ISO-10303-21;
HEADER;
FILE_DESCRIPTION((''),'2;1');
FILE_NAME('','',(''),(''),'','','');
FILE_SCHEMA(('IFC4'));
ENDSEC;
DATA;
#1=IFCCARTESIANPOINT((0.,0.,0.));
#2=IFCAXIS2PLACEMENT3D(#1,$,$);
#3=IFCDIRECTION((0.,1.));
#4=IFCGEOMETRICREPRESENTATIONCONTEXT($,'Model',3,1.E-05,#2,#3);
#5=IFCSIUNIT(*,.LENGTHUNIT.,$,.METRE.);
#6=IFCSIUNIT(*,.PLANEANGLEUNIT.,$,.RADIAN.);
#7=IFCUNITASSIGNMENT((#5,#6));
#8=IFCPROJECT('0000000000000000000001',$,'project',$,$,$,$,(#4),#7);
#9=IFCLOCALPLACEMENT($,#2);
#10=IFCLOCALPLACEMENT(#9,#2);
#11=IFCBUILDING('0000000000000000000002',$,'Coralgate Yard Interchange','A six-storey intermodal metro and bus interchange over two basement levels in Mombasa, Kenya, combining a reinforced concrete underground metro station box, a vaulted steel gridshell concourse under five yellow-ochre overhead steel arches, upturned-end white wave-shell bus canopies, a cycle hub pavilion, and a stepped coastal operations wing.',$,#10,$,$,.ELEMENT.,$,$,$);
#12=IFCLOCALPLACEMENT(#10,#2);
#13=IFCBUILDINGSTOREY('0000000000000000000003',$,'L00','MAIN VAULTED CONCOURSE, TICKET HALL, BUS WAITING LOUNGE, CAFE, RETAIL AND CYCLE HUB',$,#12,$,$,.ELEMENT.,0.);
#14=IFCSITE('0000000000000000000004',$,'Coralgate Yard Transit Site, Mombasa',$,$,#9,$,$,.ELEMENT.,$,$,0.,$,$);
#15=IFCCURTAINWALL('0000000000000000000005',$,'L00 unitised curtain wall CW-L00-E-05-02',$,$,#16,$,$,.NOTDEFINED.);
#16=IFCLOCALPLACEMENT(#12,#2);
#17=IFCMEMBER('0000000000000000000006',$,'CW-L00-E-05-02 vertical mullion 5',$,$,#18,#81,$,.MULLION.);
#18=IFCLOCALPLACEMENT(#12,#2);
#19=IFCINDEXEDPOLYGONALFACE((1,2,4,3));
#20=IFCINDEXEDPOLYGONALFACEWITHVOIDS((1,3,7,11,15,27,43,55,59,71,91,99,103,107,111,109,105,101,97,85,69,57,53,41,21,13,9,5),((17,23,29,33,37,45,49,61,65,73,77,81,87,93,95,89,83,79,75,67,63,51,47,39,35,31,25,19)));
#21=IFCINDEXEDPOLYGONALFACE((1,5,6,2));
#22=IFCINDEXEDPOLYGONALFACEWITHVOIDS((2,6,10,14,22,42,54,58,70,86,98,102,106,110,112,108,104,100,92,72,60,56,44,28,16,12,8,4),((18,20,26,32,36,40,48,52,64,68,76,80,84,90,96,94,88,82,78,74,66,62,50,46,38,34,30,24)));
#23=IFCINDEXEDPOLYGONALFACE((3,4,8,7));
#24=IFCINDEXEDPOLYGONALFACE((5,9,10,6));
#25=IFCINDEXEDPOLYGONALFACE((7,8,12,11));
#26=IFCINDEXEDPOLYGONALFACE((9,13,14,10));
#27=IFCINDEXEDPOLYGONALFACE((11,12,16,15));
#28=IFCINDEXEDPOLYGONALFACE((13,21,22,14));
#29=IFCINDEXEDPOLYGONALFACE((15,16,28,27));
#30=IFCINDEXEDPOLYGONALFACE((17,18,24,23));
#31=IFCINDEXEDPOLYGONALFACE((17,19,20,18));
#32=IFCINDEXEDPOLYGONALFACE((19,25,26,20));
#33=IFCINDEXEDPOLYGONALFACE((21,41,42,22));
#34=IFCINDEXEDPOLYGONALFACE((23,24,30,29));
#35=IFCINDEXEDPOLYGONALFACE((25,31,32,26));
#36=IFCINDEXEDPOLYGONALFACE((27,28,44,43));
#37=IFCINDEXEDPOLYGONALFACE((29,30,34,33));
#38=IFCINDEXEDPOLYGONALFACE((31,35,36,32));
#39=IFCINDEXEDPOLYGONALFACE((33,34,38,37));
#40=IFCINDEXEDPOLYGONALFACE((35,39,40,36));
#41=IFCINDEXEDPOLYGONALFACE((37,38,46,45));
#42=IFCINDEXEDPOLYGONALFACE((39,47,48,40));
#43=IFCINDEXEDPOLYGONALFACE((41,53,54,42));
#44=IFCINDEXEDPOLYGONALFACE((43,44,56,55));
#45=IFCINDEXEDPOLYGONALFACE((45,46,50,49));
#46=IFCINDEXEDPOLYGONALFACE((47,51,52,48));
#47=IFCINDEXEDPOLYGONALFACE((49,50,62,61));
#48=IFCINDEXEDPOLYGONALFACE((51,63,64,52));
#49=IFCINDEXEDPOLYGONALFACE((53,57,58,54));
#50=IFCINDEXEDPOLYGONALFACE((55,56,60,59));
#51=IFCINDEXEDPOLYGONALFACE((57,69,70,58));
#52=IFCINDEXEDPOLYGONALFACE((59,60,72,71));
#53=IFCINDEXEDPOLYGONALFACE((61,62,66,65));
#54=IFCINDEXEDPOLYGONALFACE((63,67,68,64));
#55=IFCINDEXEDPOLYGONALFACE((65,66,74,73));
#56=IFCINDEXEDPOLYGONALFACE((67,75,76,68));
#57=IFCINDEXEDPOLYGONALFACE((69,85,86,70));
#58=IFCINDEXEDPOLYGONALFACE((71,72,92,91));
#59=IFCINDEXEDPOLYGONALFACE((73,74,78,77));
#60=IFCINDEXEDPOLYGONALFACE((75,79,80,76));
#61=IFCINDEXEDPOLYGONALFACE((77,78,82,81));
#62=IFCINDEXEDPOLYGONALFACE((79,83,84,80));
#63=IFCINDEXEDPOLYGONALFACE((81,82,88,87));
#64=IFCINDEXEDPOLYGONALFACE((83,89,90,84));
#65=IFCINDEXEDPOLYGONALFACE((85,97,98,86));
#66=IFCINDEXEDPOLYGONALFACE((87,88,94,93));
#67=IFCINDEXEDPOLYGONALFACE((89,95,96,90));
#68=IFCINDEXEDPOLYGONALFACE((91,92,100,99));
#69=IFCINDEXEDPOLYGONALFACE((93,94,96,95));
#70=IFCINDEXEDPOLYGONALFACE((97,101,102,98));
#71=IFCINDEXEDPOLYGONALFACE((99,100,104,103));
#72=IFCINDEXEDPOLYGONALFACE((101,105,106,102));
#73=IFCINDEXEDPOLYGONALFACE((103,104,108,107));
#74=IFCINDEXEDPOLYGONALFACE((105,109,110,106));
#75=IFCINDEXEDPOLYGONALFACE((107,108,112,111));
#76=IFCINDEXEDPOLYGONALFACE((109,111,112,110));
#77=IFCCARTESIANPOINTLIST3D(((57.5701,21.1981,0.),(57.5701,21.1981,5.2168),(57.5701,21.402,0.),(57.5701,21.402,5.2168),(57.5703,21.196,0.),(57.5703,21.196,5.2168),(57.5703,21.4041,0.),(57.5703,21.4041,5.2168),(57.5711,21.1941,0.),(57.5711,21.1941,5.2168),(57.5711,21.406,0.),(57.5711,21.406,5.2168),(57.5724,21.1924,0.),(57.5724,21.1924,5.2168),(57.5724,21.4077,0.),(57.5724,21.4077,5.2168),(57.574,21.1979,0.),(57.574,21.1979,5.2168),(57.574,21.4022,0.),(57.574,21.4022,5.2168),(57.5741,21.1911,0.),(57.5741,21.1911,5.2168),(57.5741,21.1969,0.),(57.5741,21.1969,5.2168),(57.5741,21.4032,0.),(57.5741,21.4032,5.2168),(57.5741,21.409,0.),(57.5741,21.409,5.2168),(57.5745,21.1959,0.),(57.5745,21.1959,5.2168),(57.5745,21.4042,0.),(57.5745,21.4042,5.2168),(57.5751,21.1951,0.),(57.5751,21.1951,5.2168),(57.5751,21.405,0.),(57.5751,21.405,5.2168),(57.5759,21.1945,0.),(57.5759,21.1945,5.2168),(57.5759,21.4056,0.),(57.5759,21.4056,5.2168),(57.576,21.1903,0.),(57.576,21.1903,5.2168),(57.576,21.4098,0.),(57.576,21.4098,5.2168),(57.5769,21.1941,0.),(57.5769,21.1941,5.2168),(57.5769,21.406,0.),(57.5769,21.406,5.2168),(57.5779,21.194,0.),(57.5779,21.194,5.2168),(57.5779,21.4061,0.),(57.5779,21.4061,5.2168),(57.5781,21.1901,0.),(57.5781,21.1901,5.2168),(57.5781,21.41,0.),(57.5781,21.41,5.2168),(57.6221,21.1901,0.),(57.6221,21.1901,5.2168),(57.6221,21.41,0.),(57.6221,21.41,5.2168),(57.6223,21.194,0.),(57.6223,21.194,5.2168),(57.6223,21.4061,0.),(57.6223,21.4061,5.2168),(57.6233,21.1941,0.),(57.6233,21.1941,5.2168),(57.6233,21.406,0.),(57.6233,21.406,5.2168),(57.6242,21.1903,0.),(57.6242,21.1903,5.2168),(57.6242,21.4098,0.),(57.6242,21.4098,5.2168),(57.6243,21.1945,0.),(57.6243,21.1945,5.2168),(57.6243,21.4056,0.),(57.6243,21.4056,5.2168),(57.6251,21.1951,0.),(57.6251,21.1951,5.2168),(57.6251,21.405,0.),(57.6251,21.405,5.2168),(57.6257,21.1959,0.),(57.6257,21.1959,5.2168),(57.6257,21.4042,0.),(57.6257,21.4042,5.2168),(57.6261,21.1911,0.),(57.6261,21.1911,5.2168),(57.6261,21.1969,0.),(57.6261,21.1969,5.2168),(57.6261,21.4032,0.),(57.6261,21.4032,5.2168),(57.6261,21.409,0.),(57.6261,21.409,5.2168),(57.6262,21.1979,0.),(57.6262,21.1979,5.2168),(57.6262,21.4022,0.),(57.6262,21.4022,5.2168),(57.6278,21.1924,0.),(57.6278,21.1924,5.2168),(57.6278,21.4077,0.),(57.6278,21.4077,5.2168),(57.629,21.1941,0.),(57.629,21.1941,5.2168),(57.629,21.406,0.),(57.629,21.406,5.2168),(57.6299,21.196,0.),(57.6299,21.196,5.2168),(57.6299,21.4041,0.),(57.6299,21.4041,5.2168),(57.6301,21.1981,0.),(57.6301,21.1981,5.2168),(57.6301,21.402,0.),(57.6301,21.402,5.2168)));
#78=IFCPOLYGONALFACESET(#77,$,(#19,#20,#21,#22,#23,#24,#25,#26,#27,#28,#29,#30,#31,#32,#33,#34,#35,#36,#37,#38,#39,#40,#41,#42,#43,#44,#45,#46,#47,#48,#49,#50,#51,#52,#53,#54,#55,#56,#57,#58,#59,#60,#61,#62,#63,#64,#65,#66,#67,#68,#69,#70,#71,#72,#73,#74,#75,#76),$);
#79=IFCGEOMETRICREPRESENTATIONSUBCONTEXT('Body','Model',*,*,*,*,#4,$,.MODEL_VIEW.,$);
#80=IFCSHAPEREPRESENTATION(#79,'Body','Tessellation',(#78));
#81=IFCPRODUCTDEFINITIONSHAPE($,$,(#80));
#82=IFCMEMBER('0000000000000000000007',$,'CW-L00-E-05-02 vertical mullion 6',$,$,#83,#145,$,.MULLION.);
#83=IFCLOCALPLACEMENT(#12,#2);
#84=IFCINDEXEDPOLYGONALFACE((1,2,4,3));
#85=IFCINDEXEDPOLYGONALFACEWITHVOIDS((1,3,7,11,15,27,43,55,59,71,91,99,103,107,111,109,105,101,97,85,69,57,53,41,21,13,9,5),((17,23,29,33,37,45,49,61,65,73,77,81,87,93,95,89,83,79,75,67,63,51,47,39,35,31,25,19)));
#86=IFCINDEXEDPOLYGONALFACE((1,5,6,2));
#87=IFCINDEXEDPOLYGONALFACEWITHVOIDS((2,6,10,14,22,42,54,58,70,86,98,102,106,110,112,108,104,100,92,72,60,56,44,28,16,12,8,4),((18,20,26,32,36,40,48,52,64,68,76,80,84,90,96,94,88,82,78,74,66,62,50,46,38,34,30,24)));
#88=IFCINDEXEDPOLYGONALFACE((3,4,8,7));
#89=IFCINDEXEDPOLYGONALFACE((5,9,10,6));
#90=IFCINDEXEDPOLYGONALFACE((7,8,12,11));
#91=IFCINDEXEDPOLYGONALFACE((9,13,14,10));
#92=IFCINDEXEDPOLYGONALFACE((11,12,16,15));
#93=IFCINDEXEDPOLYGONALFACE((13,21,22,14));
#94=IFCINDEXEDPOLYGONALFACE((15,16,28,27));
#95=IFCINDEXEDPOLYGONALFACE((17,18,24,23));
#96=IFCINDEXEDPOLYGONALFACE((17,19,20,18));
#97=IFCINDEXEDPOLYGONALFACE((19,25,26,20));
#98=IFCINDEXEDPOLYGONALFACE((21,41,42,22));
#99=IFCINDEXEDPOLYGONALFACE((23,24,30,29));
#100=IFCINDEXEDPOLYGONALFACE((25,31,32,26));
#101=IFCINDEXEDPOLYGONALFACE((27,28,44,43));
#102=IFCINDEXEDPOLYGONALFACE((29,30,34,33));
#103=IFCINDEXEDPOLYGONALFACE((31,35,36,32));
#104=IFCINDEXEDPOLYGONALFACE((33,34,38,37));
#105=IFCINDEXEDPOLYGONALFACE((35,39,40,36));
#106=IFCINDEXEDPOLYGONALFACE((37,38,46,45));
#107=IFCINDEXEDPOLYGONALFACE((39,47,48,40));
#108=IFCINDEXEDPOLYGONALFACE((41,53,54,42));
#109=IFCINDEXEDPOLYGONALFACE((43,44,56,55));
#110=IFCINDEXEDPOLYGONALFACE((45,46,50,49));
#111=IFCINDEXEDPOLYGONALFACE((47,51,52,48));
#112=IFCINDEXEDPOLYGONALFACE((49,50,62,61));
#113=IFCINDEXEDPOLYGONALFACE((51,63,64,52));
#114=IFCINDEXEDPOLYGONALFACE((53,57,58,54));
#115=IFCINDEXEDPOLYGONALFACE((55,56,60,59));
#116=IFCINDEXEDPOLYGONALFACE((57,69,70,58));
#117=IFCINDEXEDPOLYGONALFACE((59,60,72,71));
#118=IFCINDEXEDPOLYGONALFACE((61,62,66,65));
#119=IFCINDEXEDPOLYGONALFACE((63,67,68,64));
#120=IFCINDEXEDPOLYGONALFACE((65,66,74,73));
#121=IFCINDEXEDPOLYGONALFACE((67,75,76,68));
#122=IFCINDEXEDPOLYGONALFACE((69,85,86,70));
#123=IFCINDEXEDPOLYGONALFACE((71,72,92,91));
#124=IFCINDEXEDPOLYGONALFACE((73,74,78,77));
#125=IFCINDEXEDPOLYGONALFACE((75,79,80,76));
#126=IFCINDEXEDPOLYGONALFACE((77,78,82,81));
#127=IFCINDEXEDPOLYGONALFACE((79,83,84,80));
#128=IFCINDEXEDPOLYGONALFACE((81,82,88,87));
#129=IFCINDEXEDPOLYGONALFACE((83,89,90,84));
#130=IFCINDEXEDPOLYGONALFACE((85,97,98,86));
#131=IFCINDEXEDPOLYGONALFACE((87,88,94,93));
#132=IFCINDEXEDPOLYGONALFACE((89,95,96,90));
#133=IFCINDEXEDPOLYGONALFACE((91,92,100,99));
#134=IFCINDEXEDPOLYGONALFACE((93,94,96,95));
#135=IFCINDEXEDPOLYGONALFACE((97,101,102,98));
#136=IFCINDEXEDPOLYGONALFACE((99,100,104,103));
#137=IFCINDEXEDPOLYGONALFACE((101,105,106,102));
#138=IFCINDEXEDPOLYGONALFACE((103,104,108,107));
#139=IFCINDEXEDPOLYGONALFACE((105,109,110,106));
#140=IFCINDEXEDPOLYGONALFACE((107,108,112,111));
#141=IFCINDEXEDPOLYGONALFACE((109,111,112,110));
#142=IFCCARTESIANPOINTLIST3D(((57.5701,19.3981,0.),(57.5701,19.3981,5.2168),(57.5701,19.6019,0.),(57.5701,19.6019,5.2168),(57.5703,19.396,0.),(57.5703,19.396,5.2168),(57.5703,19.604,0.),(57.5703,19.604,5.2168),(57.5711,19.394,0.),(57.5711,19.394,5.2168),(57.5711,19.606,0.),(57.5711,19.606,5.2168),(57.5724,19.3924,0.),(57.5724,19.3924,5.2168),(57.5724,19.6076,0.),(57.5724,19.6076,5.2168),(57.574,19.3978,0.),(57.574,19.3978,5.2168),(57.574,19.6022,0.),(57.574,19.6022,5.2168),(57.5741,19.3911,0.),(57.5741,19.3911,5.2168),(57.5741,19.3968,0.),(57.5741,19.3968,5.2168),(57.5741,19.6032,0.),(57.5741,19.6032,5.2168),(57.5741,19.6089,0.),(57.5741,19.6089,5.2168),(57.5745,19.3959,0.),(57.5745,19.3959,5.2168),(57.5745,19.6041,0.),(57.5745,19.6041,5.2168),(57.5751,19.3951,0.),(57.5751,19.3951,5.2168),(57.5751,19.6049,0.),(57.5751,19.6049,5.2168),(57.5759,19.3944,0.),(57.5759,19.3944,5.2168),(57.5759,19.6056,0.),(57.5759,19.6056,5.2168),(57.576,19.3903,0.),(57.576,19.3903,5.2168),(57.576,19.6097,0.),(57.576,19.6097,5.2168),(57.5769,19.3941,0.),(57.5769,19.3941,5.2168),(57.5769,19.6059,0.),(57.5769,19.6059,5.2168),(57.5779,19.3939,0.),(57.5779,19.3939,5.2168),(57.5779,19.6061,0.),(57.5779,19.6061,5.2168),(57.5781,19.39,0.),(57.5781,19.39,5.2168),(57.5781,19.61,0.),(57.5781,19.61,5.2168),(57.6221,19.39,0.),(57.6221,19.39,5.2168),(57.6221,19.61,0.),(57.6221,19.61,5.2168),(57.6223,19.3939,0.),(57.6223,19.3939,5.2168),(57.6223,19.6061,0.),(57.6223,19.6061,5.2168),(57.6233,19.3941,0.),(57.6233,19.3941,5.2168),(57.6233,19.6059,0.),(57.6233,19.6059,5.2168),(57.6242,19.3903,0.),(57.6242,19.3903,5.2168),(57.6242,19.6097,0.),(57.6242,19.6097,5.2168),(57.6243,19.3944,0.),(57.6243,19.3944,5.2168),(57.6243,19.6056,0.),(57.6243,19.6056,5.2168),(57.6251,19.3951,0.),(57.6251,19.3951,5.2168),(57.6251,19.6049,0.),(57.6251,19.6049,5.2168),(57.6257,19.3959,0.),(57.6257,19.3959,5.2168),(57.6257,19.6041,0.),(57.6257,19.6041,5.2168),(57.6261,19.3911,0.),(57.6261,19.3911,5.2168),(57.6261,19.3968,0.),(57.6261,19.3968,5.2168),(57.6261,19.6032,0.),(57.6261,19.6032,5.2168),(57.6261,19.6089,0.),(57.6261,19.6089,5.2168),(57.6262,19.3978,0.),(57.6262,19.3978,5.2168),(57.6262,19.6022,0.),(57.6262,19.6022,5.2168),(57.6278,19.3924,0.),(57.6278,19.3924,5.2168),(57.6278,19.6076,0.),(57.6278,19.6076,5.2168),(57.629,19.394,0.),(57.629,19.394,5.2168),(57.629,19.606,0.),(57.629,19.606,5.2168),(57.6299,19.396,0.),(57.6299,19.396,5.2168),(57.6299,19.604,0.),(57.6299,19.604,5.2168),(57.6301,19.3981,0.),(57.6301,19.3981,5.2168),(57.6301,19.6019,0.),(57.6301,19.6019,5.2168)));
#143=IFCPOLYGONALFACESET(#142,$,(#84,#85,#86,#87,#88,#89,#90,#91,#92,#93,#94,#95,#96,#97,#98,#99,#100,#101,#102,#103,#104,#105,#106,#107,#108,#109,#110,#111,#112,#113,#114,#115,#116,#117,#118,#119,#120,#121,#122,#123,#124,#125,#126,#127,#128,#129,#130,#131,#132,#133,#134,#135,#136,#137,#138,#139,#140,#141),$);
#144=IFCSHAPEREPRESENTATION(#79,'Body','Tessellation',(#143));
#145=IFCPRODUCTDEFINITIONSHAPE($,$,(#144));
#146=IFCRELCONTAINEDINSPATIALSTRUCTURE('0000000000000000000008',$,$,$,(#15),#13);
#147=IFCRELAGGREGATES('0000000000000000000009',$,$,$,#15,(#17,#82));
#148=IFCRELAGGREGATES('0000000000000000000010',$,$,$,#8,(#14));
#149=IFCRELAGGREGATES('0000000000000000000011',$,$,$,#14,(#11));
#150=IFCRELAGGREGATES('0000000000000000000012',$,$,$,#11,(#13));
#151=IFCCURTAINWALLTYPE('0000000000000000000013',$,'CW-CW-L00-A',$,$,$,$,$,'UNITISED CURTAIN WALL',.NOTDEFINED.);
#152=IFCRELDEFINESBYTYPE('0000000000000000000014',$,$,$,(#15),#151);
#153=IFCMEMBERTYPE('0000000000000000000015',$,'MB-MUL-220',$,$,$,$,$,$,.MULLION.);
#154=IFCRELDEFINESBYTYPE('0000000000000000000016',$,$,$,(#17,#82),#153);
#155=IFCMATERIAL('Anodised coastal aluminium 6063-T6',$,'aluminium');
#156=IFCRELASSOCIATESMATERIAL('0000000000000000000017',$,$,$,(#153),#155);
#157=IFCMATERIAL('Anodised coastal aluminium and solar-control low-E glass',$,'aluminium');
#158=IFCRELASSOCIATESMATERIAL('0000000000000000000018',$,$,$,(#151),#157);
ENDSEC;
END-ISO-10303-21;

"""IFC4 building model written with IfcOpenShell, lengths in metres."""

from ifc_helpers import new_model, si_unit, direction, frame, origin, origin_2d, place, context, subcontext, project, spatial, hollow_rectangle, extrude, material, material_profile, profile_set, type_object, element, aggregate, save


model = new_model("IFC4")

# Units and contexts
model_context = context("Model", 3, precision=1e-05, world=origin(), true_north=direction((0.0, 1.0)))
body_context = subcontext(model_context, "Body", "Model", "MODEL_VIEW")
ifc_project = project(units=[si_unit("LENGTHUNIT", "METRE"), si_unit("PLANEANGLEUNIT", "RADIAN")], contexts=[model_context])

# Site, building, storey
site_placement = place(None, origin())
site = spatial("IfcSite", under=ifc_project, at=site_placement, Name="Coralgate Yard Transit Site, Mombasa", CompositionType="ELEMENT", RefElevation=0.0)
building_placement = place(site_placement, origin())
building = spatial("IfcBuilding", under=site, at=building_placement, Name="Coralgate Yard Interchange", Description="A six-storey intermodal metro and bus interchange over two basement levels in Mombasa, Kenya, combining a reinforced concrete underground metro station box, a vaulted steel gridshell concourse under five yellow-ochre overhead steel arches, upturned-end white wave-shell bus canopies, a cycle hub pavilion, and a stepped coastal operations wing.", CompositionType="ELEMENT")
storey_placement = place(building_placement, origin())
storey = spatial("IfcBuildingStorey", under=building, at=storey_placement, Name="L00", Description="MAIN VAULTED CONCOURSE, TICKET HALL, BUS WAITING LOUNGE, CAFE, RETAIL AND CYCLE HUB", CompositionType="ELEMENT", Elevation=0.0)

# Shared definitions
ifc_material_1 = material(Name="Anodised coastal aluminium and solar-control low-E glass", Category="aluminium")
ifc_material_2 = material(Name="Anodised coastal aluminium 6063-T6", Category="aluminium")
ifc_material_profile_1 = material_profile(ifc_material_2, hollow_rectangle(XDim=0.0601, YDim=0.22, WallThickness=0.0039, InnerFilletRadius=0.0039, OuterFilletRadius=0.0081, at=origin_2d()), Name="ALU 60x220x4")
ifc_profile_set_1 = profile_set([ifc_material_profile_1], Name="Anodised coastal aluminium 6063-T6")
member_type_1 = type_object("IfcMemberType", Name="MB-MUL-220", PredefinedType="MULLION", material=ifc_profile_set_1)

# Curtain wall, members
curtain_wall_type_1 = type_object("IfcCurtainWallType", Name="CW-CW-L00-A", ElementType="UNITISED CURTAIN WALL", PredefinedType="NOTDEFINED", material=ifc_material_1)
curtain_wall_1_placement = place(storey_placement, origin())
curtain_wall_1 = element("IfcCurtainWall", 1, at=curtain_wall_1_placement, inside=storey, type_object=curtain_wall_type_1, Name="L00 unitised curtain wall CW-L00-E-05-02", PredefinedType="NOTDEFINED")
member_1_placement = place(storey_placement, frame((57.6001, 21.3, 0.0), z_axis=(0.0, 0.0, 1.0), x_axis=(1.0, 0.0, 0.0)))
member_1 = element("IfcMember", 2, at=member_1_placement, type_object=member_type_1, Name="CW-L00-E-05-02 vertical mullion 5", PredefinedType="MULLION", context=body_context, shape_type="SweptSolid", body=[
    extrude(hollow_rectangle(XDim=0.0601, YDim=0.22, WallThickness=0.0039, InnerFilletRadius=0.0039, OuterFilletRadius=0.0081, at=origin_2d()), origin(), (0.0, 0.0, 1.0), 5.2168),
])
member_2_placement = place(storey_placement, frame((57.6001, 19.5, 0.0), z_axis=(0.0, 0.0, 1.0), x_axis=(1.0, 0.0, 0.0)))
member_2 = element("IfcMember", 3, at=member_2_placement, type_object=member_type_1, Name="CW-L00-E-05-02 vertical mullion 6", PredefinedType="MULLION", context=body_context, shape_type="SweptSolid", body=[
    extrude(hollow_rectangle(XDim=0.0601, YDim=0.22, WallThickness=0.0039, InnerFilletRadius=0.0039, OuterFilletRadius=0.0081, at=origin_2d()), origin(), (0.0, 0.0, 1.0), 5.2168),
])
aggregate(curtain_wall_1, [member_1, member_2])

save(model, "model.ifc")
